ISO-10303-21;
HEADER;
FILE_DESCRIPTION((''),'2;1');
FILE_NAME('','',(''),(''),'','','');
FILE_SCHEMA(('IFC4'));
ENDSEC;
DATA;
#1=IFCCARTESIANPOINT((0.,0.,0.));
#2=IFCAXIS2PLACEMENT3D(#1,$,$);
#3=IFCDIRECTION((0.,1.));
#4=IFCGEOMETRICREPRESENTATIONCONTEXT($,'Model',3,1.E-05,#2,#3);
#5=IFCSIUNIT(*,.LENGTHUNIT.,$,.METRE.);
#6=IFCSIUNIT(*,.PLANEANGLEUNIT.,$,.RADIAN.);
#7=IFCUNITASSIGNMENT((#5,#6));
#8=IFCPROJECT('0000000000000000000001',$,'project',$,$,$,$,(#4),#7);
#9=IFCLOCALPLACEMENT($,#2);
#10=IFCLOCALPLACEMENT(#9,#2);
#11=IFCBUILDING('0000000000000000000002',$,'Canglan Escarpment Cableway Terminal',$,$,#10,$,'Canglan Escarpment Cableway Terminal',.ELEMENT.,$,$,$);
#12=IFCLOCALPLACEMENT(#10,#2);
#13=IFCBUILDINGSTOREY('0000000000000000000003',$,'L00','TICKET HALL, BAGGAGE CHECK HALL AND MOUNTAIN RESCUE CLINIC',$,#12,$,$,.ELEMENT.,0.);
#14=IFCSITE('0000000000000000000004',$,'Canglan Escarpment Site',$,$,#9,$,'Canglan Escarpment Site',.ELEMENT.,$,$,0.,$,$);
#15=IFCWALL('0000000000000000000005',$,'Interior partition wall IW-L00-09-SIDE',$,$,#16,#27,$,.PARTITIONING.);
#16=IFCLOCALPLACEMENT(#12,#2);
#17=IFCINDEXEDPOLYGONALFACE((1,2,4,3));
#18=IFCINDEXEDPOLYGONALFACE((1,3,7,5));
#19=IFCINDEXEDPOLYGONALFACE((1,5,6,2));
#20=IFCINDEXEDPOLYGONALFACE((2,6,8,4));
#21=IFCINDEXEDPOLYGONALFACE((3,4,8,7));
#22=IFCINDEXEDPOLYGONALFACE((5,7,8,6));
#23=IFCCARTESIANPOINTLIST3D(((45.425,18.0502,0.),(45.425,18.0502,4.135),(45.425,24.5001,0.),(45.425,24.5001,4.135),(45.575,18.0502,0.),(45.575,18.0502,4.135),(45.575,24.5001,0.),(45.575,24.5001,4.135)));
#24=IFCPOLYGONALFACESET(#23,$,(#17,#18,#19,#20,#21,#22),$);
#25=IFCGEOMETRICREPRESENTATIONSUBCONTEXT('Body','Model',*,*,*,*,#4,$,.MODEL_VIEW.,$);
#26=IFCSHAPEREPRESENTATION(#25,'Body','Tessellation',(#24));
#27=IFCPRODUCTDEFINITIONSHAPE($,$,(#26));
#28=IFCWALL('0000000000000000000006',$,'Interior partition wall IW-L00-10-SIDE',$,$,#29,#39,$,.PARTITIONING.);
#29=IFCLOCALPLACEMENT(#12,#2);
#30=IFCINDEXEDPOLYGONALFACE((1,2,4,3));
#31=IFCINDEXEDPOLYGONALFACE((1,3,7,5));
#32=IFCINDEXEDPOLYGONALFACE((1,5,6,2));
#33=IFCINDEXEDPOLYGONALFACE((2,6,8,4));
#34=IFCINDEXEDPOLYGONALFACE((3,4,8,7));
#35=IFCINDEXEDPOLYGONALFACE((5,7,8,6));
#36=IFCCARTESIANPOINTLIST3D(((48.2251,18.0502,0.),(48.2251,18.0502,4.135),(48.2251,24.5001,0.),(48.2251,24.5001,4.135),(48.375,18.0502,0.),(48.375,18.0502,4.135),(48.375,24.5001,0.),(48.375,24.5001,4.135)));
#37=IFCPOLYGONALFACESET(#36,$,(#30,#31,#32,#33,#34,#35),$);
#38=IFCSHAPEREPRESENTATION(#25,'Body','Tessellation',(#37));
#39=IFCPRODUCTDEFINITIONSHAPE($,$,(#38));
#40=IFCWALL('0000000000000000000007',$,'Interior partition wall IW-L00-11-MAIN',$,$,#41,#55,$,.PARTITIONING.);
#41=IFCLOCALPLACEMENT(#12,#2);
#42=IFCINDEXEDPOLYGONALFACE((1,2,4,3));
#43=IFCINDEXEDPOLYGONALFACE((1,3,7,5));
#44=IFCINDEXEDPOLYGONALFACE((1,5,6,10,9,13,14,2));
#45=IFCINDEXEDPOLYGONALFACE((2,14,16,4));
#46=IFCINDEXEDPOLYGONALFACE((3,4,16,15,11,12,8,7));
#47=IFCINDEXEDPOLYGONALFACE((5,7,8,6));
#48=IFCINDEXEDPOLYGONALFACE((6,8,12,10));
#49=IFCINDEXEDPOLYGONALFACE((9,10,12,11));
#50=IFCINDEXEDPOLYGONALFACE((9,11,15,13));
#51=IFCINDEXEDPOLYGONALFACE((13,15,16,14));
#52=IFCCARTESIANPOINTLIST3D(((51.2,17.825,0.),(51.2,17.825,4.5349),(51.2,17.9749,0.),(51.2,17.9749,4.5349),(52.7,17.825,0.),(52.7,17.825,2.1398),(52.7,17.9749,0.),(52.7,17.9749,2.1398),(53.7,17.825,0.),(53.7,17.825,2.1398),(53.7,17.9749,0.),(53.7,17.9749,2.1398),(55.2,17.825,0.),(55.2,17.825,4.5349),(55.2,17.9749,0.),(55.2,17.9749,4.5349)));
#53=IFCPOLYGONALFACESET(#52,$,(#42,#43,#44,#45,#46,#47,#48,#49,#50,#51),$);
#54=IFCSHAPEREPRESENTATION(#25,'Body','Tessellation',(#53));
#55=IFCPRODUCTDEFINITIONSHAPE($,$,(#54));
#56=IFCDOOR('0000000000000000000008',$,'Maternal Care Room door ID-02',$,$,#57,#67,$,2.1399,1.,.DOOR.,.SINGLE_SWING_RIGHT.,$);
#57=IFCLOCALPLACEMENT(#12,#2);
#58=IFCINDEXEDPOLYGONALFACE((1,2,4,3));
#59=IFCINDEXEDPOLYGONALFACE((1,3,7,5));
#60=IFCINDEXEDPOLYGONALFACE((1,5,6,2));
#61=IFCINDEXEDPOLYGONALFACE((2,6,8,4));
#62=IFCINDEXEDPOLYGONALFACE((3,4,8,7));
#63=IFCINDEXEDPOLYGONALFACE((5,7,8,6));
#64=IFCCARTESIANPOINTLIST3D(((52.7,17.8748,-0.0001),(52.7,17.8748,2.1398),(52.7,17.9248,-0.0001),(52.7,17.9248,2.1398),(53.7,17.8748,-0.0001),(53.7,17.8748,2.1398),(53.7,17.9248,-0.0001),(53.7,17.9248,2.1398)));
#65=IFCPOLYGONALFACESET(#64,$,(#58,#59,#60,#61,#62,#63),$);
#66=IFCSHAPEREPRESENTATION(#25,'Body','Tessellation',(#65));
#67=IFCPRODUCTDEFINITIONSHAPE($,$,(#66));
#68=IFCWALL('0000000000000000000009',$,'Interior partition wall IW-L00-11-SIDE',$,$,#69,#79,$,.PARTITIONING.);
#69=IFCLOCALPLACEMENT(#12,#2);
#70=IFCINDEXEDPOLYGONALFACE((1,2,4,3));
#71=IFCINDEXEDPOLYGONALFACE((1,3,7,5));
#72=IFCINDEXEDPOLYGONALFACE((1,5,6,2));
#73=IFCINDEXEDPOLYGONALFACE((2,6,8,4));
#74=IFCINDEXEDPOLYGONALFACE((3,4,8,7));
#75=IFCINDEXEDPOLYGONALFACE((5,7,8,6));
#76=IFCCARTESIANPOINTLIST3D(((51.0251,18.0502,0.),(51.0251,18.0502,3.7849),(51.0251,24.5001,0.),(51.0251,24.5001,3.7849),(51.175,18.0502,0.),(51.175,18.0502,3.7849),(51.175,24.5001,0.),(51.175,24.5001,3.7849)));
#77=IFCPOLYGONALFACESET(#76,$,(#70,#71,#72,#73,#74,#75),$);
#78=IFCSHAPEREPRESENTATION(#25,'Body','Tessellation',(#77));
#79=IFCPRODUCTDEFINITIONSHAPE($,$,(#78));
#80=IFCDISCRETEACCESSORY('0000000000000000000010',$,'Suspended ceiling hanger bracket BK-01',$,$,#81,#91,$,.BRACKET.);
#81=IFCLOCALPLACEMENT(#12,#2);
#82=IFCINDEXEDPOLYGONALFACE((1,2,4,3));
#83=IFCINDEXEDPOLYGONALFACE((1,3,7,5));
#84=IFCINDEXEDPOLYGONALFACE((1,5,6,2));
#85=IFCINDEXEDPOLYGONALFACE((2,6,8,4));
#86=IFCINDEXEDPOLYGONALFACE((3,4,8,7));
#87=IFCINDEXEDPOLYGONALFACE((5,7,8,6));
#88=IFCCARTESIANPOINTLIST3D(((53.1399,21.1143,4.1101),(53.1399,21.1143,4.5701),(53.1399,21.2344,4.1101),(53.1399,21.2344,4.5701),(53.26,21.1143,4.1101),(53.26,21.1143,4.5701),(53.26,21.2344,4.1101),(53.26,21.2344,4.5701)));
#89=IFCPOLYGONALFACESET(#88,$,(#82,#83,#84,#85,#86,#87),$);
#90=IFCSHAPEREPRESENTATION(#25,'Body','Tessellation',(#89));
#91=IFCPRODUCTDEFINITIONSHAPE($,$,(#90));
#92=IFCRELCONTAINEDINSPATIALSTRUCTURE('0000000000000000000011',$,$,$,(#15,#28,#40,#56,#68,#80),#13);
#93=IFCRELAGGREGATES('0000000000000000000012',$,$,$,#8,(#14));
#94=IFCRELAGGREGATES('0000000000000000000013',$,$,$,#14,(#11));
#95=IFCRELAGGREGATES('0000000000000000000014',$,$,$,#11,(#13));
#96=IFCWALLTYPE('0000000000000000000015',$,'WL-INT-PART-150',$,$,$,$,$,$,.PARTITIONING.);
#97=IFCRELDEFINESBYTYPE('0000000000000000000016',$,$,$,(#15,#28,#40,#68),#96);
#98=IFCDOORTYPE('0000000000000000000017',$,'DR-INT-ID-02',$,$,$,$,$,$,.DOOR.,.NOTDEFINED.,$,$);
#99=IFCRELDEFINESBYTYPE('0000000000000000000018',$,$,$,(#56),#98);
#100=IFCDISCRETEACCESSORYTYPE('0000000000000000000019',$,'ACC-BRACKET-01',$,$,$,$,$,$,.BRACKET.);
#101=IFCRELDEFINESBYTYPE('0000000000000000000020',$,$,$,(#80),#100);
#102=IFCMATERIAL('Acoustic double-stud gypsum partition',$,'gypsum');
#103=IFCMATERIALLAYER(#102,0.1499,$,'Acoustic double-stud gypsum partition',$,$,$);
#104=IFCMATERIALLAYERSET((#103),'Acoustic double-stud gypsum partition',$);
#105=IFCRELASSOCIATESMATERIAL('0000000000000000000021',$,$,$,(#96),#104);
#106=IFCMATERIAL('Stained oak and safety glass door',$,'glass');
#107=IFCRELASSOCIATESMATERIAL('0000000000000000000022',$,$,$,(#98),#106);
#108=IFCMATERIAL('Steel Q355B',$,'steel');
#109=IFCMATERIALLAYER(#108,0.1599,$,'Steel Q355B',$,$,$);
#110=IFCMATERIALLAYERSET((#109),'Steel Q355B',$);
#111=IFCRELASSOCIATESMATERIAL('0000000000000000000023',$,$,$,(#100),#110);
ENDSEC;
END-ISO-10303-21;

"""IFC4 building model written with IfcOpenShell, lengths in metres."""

from ifc_helpers import new_model, si_unit, direction, frame, frame_2d, origin, origin_2d, place, context, subcontext, project, spatial, rectangle, extrude, material, layer, layer_set, type_object, element, fill, save


model = new_model("IFC4")

# Units and contexts
model_context = context("Model", 3, precision=1e-05, world=origin(), true_north=direction((0.0, 1.0)))
body_context = subcontext(model_context, "Body", "Model", "MODEL_VIEW")
ifc_project = project(units=[si_unit("LENGTHUNIT", "METRE"), si_unit("PLANEANGLEUNIT", "RADIAN")], contexts=[model_context])

# Site, building, storey
site_placement = place(None, origin())
site = spatial("IfcSite", under=ifc_project, at=site_placement, Name="Canglan Escarpment Site", LongName="Canglan Escarpment Site", CompositionType="ELEMENT", RefElevation=0.0)
building_placement = place(site_placement, origin())
building = spatial("IfcBuilding", under=site, at=building_placement, Name="Canglan Escarpment Cableway Terminal", LongName="Canglan Escarpment Cableway Terminal", CompositionType="ELEMENT")
storey_placement = place(building_placement, origin())
storey = spatial("IfcBuildingStorey", under=building, at=storey_placement, Name="L00", Description="TICKET HALL, BAGGAGE CHECK HALL AND MOUNTAIN RESCUE CLINIC", CompositionType="ELEMENT", Elevation=0.0)

# Shared definitions
ifc_material_1 = material(Name="Steel Q355B", Category="steel")

# Shared definitions
ifc_material_2 = material(Name="Stained oak and safety glass door", Category="glass")

# Walls
ifc_material_3 = material(Name="Acoustic double-stud gypsum partition", Category="gypsum")
ifc_layer_1 = layer(ifc_material_3, 0.1499, Name="Acoustic double-stud gypsum partition")
ifc_layer_set_1 = layer_set([ifc_layer_1], Name="Acoustic double-stud gypsum partition")
wall_type_1 = type_object("IfcWallType", Name="WL-INT-PART-150", PredefinedType="PARTITIONING", material=ifc_layer_set_1)
for number, where, z_axis, x_axis, name in (
    (1, (45.5, 18.05, 0.0), (0.0, 0.0, 1.0), (0.0, 1.0, 0.0), "Interior partition wall IW-L00-09-SIDE"),
    (2, (48.3, 18.05, 0.0), (0.0, 0.0, 1.0), (0.0, 1.0, 0.0), "Interior partition wall IW-L00-10-SIDE"),
):
    element("IfcWall", number, at=place(storey_placement, frame(where, z_axis=z_axis, x_axis=x_axis)), inside=storey, type_object=wall_type_1, Name=name, PredefinedType="PARTITIONING", context=body_context, shape_type="SweptSolid", body=[
        extrude(rectangle(XDim=6.45, YDim=0.1499, at=frame_2d((3.2251, 0.0))), origin(), (0.0, 0.0, 1.0), 4.135),
    ])

# Wall, opening, door
wall_1_placement = place(storey_placement, frame((51.2, 17.8999, 0.0), z_axis=(0.0, 0.0, 1.0), x_axis=(1.0, 0.0, 0.0)))
wall_1 = element("IfcWall", 3, at=wall_1_placement, inside=storey, type_object=wall_type_1, Name="Interior partition wall IW-L00-11-MAIN", PredefinedType="PARTITIONING", context=body_context, shape_type="SweptSolid", body=[
    extrude(rectangle(XDim=4.0, YDim=0.1499, at=frame_2d((2.0, 0.0))), origin(), (0.0, 0.0, 1.0), 4.5349),
])
opening_1_placement = place(wall_1_placement, frame((1.5, 0.0, 0.0)))
opening_1 = element("IfcOpeningElement", 4, at=opening_1_placement, cuts=wall_1, PredefinedType="OPENING", context=body_context, shape_type="SweptSolid", body=[
    extrude(rectangle(XDim=1.0, YDim=2.1399, at=frame_2d((0.5, 1.0698))), frame((0.0, 0.085, 0.0), z_axis=(0.0, -1.0, 0.0), x_axis=(1.0, 0.0, 0.0)), (0.0, 0.0, 1.0), 0.1699),
])
door_type_1 = type_object("IfcDoorType", Name="DR-INT-ID-02", OperationType="NOTDEFINED", PredefinedType="DOOR", material=ifc_material_2)
door_1_placement = place(opening_1_placement, origin())
door_1 = element("IfcDoor", 5, at=door_1_placement, inside=storey, type_object=door_type_1, Name="Maternal Care Room door ID-02", OperationType="SINGLE_SWING_RIGHT", OverallHeight=2.1399, OverallWidth=1.0, PredefinedType="DOOR", context=body_context, shape_type="SweptSolid", body=[
    extrude(rectangle(XDim=1.0, YDim=2.1399, at=frame_2d((0.5, 1.0698))), frame((0.0, 0.0249, 0.0), z_axis=(0.0, -1.0, 0.0), x_axis=(1.0, 0.0, 0.0)), (0.0, 0.0, 1.0), 0.05),
])
fill(opening_1, door_1)

# Wall
wall_2_placement = place(storey_placement, frame((51.1001, 18.05, 0.0), z_axis=(0.0, 0.0, 1.0), x_axis=(0.0, 1.0, 0.0)))
element("IfcWall", 6, at=wall_2_placement, inside=storey, type_object=wall_type_1, Name="Interior partition wall IW-L00-11-SIDE", PredefinedType="PARTITIONING", context=body_context, shape_type="SweptSolid", body=[
    extrude(rectangle(XDim=6.45, YDim=0.1499, at=frame_2d((3.2251, 0.0))), origin(), (0.0, 0.0, 1.0), 3.7849),
])

# Discrete accessory
ifc_layer_2 = layer(ifc_material_1, 0.1599, Name="Steel Q355B")
ifc_layer_set_2 = layer_set([ifc_layer_2], Name="Steel Q355B")
discrete_accessory_type = type_object("IfcDiscreteAccessoryType", Name="ACC-BRACKET-01", PredefinedType="BRACKET", material=ifc_layer_set_2)
discrete_accessory_placement = place(storey_placement, frame((53.2, 21.1743, 4.1101), z_axis=(0.0, 0.0, 1.0), x_axis=(1.0, 0.0, 0.0)))
element("IfcDiscreteAccessory", 7, at=discrete_accessory_placement, inside=storey, type_object=discrete_accessory_type, Name="Suspended ceiling hanger bracket BK-01", PredefinedType="BRACKET", context=body_context, shape_type="SweptSolid", body=[
    extrude(rectangle(XDim=0.1201, YDim=0.1201, at=origin_2d()), origin(), (0.0, 0.0, 1.0), 0.46),
])

save(model, "model.ifc")
